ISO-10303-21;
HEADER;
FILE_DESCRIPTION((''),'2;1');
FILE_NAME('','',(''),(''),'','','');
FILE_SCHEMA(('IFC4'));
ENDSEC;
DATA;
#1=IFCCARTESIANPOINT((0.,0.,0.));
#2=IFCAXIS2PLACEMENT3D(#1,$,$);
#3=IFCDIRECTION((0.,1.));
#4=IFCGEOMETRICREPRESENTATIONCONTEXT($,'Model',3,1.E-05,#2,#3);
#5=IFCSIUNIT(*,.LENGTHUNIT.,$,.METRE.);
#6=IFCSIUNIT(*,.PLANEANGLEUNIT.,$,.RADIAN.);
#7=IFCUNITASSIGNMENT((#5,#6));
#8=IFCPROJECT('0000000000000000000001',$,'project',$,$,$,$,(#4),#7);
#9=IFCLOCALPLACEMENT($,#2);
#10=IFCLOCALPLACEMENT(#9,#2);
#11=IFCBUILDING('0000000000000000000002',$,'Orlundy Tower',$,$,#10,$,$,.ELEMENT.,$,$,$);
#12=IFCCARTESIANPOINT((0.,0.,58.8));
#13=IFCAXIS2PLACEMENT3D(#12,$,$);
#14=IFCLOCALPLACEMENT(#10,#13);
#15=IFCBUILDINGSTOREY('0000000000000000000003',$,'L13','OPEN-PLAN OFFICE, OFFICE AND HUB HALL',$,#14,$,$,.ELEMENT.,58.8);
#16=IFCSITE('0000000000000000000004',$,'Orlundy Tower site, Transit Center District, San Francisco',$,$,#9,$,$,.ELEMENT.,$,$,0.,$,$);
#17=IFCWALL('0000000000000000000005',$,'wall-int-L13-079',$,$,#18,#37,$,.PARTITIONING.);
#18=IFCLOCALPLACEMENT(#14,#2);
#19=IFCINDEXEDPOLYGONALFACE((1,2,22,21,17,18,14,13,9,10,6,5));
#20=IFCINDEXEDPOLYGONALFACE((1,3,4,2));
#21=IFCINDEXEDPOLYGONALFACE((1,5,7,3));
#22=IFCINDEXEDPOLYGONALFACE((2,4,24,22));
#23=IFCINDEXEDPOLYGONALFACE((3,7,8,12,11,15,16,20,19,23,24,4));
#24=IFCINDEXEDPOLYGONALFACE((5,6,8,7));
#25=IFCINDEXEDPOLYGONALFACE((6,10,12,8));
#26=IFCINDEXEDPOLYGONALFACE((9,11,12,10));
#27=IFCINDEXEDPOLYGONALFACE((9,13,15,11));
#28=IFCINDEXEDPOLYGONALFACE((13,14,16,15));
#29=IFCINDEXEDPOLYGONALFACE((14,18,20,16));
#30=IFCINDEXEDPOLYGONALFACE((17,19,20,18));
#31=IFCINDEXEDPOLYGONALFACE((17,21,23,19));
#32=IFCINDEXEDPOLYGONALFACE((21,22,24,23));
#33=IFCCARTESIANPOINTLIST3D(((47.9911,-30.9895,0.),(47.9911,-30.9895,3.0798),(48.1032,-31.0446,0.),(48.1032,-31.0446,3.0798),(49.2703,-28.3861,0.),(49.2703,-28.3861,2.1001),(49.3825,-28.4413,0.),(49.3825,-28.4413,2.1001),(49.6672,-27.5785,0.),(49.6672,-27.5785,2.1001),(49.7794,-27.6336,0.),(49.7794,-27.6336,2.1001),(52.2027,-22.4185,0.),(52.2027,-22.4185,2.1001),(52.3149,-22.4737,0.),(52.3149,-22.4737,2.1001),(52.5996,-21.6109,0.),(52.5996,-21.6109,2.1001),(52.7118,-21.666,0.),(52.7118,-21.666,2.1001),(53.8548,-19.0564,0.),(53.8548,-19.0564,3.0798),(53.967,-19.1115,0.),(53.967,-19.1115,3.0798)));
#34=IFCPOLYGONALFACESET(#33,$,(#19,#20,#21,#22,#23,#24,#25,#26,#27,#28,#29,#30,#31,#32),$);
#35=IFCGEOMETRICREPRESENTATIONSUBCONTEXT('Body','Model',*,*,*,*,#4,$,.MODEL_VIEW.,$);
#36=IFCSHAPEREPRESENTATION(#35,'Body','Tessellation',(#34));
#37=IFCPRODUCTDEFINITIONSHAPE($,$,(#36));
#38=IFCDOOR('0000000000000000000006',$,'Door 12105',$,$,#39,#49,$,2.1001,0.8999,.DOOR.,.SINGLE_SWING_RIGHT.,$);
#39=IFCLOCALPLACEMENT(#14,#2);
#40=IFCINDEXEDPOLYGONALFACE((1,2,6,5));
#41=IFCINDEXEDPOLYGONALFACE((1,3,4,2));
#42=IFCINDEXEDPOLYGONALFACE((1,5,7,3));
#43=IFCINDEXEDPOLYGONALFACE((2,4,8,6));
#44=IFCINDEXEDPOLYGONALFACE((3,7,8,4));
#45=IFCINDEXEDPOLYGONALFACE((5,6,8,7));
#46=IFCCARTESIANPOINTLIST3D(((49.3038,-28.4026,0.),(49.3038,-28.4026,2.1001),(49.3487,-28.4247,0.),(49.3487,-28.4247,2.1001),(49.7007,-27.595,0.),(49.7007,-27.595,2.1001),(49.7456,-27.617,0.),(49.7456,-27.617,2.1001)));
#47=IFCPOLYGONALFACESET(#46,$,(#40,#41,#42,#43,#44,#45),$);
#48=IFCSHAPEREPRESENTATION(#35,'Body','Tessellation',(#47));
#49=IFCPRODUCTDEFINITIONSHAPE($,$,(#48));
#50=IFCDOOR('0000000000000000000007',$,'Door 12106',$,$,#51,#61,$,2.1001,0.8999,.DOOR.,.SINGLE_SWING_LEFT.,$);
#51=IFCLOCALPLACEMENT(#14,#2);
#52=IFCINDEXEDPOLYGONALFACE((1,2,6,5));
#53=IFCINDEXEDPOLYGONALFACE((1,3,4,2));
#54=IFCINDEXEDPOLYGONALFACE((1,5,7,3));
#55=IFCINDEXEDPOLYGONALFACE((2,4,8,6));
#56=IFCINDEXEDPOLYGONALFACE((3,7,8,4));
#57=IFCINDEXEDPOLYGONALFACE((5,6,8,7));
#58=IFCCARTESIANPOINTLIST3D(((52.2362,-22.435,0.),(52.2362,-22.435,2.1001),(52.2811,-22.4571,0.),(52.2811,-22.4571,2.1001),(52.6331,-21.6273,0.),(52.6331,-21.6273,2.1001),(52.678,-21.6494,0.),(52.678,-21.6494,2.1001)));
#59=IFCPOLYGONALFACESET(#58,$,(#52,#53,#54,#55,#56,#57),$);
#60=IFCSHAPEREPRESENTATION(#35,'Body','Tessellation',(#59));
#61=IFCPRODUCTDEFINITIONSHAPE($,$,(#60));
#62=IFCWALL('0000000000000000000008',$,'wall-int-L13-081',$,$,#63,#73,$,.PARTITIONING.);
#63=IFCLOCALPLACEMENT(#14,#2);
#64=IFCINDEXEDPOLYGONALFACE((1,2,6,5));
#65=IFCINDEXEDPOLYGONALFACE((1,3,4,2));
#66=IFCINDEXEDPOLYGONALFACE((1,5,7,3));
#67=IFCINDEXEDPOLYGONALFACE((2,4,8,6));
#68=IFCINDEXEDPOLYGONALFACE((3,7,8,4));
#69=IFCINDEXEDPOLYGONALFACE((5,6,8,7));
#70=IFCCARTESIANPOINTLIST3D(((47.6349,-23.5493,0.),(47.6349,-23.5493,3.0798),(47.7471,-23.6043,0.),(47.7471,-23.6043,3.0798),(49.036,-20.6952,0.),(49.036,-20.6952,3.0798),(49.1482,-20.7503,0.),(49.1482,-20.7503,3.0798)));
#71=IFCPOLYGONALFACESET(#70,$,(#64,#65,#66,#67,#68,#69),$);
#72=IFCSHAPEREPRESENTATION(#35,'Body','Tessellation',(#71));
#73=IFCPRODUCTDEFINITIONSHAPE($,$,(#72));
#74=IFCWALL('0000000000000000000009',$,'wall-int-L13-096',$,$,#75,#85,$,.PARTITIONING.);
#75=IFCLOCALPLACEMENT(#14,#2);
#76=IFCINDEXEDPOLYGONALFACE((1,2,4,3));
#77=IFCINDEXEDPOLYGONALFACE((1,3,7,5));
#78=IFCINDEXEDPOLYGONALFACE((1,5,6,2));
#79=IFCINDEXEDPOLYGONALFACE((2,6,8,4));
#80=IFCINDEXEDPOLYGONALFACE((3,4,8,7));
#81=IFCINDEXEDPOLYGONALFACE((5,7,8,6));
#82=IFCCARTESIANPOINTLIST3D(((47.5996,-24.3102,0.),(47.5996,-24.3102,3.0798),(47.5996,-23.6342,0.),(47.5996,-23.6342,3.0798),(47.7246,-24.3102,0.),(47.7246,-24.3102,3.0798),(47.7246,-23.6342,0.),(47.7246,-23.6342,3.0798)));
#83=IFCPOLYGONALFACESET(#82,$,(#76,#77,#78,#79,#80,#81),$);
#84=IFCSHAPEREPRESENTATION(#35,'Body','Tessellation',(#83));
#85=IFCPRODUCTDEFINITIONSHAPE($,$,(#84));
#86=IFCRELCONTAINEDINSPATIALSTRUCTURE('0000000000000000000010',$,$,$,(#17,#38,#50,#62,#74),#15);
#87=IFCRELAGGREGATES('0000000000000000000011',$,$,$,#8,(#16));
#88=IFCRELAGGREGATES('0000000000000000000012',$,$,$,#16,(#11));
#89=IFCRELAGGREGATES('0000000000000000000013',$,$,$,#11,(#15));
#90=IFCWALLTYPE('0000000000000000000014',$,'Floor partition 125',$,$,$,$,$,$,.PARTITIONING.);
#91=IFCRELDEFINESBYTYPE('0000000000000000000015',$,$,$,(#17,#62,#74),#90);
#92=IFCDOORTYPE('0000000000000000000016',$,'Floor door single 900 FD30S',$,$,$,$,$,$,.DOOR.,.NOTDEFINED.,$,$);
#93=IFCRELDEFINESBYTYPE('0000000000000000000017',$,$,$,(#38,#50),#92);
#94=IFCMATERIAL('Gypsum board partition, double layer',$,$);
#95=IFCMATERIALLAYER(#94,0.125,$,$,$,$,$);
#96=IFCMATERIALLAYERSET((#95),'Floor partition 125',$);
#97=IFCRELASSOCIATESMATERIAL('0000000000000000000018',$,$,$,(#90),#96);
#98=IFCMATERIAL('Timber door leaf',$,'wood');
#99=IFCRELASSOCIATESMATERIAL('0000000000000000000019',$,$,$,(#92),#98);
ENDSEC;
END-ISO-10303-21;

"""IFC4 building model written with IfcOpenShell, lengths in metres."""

from ifc_helpers import new_model, si_unit, direction, frame, frame_2d, origin, place, context, subcontext, project, spatial, rectangle, extrude, material, layer, layer_set, type_object, element, fill, save


model = new_model("IFC4")

# Units and contexts
model_context = context("Model", 3, precision=1e-05, world=origin(), true_north=direction((0.0, 1.0)))
body_context = subcontext(model_context, "Body", "Model", "MODEL_VIEW")
ifc_project = project(units=[si_unit("LENGTHUNIT", "METRE"), si_unit("PLANEANGLEUNIT", "RADIAN")], contexts=[model_context])

# Site, building, storey
site_placement = place(None, origin())
site = spatial("IfcSite", under=ifc_project, at=site_placement, Name="Orlundy Tower site, Transit Center District, San Francisco", CompositionType="ELEMENT", RefElevation=0.0)
building_placement = place(site_placement, origin())
building = spatial("IfcBuilding", under=site, at=building_placement, Name="Orlundy Tower", CompositionType="ELEMENT")
storey_placement = place(building_placement, frame((0.0, 0.0, 58.8)))
storey = spatial("IfcBuildingStorey", under=building, at=storey_placement, Name="L13", Description="OPEN-PLAN OFFICE, OFFICE AND HUB HALL", CompositionType="ELEMENT", Elevation=58.8)

# Shared definitions
ifc_material_1 = material(Name="Gypsum board partition, double layer")
ifc_layer_1 = layer(ifc_material_1, 0.125)
ifc_layer_set_1 = layer_set([ifc_layer_1], Name="Floor partition 125")
wall_type_1 = type_object("IfcWallType", Name="Floor partition 125", PredefinedType="PARTITIONING", material=ifc_layer_set_1)
ifc_material_2 = material(Name="Timber door leaf", Category="wood")
door_type = type_object("IfcDoorType", Name="Floor door single 900 FD30S", OperationType="NOTDEFINED", PredefinedType="DOOR", material=ifc_material_2)

# Wall, openings, doors
wall_1_placement = place(storey_placement, frame((53.9109, -19.084, 0.0), z_axis=(0.0, 0.0, 1.0), x_axis=(-0.441019, -0.897498, 0.0)))
wall_1 = element("IfcWall", 1, at=wall_1_placement, inside=storey, type_object=wall_type_1, Name="wall-int-L13-079", PredefinedType="PARTITIONING", context=body_context, shape_type="SweptSolid", body=[
    extrude(rectangle(XDim=13.2959, YDim=0.125, at=frame_2d((6.6479, 0.0))), origin(), (0.0, 0.0, 1.0), 3.0798),
])
opening_1_placement = place(wall_1_placement, frame((9.4954, 0.0, 0.0)))
opening_1 = element("IfcOpeningElement", 2, at=opening_1_placement, cuts=wall_1, PredefinedType="OPENING", context=body_context, shape_type="SweptSolid", body=[
    extrude(rectangle(XDim=0.8999, YDim=2.1001, at=frame_2d((0.45, 1.05))), frame((0.0, 0.0725, 0.0), z_axis=(0.0, -1.0, 0.0), x_axis=(1.0, 0.0, 0.0)), (0.0, 0.0, 1.0), 0.145),
])
opening_2_placement = place(wall_1_placement, frame((2.8462, 0.0, 0.0)))
opening_2 = element("IfcOpeningElement", 3, at=opening_2_placement, cuts=wall_1, PredefinedType="OPENING", context=body_context, shape_type="SweptSolid", body=[
    extrude(rectangle(XDim=0.8999, YDim=2.1001, at=frame_2d((0.45, 1.05))), frame((0.0, 0.0725, 0.0), z_axis=(0.0, -1.0, 0.0), x_axis=(1.0, 0.0, 0.0)), (0.0, 0.0, 1.0), 0.145),
])
door_1_placement = place(opening_1_placement, origin())
door_1 = element("IfcDoor", 4, at=door_1_placement, inside=storey, type_object=door_type, Name="Door 12105", OperationType="SINGLE_SWING_RIGHT", OverallHeight=2.1001, OverallWidth=0.8999, PredefinedType="DOOR", context=body_context, shape_type="SweptSolid", body=[
    extrude(rectangle(XDim=0.8999, YDim=2.1001, at=frame_2d((0.45, 1.05))), frame((0.0, 0.0249, 0.0), z_axis=(0.0, -1.0, 0.0), x_axis=(1.0, 0.0, 0.0)), (0.0, 0.0, 1.0), 0.05),
])
fill(opening_1, door_1)
door_2_placement = place(opening_2_placement, origin())
door_2 = element("IfcDoor", 5, at=door_2_placement, inside=storey, type_object=door_type, Name="Door 12106", OperationType="SINGLE_SWING_LEFT", OverallHeight=2.1001, OverallWidth=0.8999, PredefinedType="DOOR", context=body_context, shape_type="SweptSolid", body=[
    extrude(rectangle(XDim=0.8999, YDim=2.1001, at=frame_2d((0.45, 1.05))), frame((0.0, 0.0249, 0.0), z_axis=(0.0, -1.0, 0.0), x_axis=(1.0, 0.0, 0.0)), (0.0, 0.0, 1.0), 0.05),
])
fill(opening_2, door_2)

# Walls
wall_2_placement = place(storey_placement, frame((47.6909, -23.5769, 0.0), z_axis=(0.0, 0.0, 1.0), x_axis=(0.44069, 0.897659, 0.0)))
element("IfcWall", 6, at=wall_2_placement, inside=storey, type_object=wall_type_1, Name="wall-int-L13-081", PredefinedType="PARTITIONING", context=body_context, shape_type="SweptSolid", body=[
    extrude(rectangle(XDim=3.1794, YDim=0.125, at=frame_2d((1.5898, 0.0))), origin(), (0.0, 0.0, 1.0), 3.0798),
])
wall_3_placement = place(storey_placement, frame((47.6621, -24.3101, 0.0), z_axis=(0.0, 0.0, 1.0), x_axis=(0.0, 1.0, 0.0)))
element("IfcWall", 7, at=wall_3_placement, inside=storey, type_object=wall_type_1, Name="wall-int-L13-096", PredefinedType="PARTITIONING", context=body_context, shape_type="SweptSolid", body=[
    extrude(rectangle(XDim=0.676, YDim=0.125, at=frame_2d((0.3379, 0.0))), origin(), (0.0, 0.0, 1.0), 3.0798),
])

save(model, "model.ifc")
